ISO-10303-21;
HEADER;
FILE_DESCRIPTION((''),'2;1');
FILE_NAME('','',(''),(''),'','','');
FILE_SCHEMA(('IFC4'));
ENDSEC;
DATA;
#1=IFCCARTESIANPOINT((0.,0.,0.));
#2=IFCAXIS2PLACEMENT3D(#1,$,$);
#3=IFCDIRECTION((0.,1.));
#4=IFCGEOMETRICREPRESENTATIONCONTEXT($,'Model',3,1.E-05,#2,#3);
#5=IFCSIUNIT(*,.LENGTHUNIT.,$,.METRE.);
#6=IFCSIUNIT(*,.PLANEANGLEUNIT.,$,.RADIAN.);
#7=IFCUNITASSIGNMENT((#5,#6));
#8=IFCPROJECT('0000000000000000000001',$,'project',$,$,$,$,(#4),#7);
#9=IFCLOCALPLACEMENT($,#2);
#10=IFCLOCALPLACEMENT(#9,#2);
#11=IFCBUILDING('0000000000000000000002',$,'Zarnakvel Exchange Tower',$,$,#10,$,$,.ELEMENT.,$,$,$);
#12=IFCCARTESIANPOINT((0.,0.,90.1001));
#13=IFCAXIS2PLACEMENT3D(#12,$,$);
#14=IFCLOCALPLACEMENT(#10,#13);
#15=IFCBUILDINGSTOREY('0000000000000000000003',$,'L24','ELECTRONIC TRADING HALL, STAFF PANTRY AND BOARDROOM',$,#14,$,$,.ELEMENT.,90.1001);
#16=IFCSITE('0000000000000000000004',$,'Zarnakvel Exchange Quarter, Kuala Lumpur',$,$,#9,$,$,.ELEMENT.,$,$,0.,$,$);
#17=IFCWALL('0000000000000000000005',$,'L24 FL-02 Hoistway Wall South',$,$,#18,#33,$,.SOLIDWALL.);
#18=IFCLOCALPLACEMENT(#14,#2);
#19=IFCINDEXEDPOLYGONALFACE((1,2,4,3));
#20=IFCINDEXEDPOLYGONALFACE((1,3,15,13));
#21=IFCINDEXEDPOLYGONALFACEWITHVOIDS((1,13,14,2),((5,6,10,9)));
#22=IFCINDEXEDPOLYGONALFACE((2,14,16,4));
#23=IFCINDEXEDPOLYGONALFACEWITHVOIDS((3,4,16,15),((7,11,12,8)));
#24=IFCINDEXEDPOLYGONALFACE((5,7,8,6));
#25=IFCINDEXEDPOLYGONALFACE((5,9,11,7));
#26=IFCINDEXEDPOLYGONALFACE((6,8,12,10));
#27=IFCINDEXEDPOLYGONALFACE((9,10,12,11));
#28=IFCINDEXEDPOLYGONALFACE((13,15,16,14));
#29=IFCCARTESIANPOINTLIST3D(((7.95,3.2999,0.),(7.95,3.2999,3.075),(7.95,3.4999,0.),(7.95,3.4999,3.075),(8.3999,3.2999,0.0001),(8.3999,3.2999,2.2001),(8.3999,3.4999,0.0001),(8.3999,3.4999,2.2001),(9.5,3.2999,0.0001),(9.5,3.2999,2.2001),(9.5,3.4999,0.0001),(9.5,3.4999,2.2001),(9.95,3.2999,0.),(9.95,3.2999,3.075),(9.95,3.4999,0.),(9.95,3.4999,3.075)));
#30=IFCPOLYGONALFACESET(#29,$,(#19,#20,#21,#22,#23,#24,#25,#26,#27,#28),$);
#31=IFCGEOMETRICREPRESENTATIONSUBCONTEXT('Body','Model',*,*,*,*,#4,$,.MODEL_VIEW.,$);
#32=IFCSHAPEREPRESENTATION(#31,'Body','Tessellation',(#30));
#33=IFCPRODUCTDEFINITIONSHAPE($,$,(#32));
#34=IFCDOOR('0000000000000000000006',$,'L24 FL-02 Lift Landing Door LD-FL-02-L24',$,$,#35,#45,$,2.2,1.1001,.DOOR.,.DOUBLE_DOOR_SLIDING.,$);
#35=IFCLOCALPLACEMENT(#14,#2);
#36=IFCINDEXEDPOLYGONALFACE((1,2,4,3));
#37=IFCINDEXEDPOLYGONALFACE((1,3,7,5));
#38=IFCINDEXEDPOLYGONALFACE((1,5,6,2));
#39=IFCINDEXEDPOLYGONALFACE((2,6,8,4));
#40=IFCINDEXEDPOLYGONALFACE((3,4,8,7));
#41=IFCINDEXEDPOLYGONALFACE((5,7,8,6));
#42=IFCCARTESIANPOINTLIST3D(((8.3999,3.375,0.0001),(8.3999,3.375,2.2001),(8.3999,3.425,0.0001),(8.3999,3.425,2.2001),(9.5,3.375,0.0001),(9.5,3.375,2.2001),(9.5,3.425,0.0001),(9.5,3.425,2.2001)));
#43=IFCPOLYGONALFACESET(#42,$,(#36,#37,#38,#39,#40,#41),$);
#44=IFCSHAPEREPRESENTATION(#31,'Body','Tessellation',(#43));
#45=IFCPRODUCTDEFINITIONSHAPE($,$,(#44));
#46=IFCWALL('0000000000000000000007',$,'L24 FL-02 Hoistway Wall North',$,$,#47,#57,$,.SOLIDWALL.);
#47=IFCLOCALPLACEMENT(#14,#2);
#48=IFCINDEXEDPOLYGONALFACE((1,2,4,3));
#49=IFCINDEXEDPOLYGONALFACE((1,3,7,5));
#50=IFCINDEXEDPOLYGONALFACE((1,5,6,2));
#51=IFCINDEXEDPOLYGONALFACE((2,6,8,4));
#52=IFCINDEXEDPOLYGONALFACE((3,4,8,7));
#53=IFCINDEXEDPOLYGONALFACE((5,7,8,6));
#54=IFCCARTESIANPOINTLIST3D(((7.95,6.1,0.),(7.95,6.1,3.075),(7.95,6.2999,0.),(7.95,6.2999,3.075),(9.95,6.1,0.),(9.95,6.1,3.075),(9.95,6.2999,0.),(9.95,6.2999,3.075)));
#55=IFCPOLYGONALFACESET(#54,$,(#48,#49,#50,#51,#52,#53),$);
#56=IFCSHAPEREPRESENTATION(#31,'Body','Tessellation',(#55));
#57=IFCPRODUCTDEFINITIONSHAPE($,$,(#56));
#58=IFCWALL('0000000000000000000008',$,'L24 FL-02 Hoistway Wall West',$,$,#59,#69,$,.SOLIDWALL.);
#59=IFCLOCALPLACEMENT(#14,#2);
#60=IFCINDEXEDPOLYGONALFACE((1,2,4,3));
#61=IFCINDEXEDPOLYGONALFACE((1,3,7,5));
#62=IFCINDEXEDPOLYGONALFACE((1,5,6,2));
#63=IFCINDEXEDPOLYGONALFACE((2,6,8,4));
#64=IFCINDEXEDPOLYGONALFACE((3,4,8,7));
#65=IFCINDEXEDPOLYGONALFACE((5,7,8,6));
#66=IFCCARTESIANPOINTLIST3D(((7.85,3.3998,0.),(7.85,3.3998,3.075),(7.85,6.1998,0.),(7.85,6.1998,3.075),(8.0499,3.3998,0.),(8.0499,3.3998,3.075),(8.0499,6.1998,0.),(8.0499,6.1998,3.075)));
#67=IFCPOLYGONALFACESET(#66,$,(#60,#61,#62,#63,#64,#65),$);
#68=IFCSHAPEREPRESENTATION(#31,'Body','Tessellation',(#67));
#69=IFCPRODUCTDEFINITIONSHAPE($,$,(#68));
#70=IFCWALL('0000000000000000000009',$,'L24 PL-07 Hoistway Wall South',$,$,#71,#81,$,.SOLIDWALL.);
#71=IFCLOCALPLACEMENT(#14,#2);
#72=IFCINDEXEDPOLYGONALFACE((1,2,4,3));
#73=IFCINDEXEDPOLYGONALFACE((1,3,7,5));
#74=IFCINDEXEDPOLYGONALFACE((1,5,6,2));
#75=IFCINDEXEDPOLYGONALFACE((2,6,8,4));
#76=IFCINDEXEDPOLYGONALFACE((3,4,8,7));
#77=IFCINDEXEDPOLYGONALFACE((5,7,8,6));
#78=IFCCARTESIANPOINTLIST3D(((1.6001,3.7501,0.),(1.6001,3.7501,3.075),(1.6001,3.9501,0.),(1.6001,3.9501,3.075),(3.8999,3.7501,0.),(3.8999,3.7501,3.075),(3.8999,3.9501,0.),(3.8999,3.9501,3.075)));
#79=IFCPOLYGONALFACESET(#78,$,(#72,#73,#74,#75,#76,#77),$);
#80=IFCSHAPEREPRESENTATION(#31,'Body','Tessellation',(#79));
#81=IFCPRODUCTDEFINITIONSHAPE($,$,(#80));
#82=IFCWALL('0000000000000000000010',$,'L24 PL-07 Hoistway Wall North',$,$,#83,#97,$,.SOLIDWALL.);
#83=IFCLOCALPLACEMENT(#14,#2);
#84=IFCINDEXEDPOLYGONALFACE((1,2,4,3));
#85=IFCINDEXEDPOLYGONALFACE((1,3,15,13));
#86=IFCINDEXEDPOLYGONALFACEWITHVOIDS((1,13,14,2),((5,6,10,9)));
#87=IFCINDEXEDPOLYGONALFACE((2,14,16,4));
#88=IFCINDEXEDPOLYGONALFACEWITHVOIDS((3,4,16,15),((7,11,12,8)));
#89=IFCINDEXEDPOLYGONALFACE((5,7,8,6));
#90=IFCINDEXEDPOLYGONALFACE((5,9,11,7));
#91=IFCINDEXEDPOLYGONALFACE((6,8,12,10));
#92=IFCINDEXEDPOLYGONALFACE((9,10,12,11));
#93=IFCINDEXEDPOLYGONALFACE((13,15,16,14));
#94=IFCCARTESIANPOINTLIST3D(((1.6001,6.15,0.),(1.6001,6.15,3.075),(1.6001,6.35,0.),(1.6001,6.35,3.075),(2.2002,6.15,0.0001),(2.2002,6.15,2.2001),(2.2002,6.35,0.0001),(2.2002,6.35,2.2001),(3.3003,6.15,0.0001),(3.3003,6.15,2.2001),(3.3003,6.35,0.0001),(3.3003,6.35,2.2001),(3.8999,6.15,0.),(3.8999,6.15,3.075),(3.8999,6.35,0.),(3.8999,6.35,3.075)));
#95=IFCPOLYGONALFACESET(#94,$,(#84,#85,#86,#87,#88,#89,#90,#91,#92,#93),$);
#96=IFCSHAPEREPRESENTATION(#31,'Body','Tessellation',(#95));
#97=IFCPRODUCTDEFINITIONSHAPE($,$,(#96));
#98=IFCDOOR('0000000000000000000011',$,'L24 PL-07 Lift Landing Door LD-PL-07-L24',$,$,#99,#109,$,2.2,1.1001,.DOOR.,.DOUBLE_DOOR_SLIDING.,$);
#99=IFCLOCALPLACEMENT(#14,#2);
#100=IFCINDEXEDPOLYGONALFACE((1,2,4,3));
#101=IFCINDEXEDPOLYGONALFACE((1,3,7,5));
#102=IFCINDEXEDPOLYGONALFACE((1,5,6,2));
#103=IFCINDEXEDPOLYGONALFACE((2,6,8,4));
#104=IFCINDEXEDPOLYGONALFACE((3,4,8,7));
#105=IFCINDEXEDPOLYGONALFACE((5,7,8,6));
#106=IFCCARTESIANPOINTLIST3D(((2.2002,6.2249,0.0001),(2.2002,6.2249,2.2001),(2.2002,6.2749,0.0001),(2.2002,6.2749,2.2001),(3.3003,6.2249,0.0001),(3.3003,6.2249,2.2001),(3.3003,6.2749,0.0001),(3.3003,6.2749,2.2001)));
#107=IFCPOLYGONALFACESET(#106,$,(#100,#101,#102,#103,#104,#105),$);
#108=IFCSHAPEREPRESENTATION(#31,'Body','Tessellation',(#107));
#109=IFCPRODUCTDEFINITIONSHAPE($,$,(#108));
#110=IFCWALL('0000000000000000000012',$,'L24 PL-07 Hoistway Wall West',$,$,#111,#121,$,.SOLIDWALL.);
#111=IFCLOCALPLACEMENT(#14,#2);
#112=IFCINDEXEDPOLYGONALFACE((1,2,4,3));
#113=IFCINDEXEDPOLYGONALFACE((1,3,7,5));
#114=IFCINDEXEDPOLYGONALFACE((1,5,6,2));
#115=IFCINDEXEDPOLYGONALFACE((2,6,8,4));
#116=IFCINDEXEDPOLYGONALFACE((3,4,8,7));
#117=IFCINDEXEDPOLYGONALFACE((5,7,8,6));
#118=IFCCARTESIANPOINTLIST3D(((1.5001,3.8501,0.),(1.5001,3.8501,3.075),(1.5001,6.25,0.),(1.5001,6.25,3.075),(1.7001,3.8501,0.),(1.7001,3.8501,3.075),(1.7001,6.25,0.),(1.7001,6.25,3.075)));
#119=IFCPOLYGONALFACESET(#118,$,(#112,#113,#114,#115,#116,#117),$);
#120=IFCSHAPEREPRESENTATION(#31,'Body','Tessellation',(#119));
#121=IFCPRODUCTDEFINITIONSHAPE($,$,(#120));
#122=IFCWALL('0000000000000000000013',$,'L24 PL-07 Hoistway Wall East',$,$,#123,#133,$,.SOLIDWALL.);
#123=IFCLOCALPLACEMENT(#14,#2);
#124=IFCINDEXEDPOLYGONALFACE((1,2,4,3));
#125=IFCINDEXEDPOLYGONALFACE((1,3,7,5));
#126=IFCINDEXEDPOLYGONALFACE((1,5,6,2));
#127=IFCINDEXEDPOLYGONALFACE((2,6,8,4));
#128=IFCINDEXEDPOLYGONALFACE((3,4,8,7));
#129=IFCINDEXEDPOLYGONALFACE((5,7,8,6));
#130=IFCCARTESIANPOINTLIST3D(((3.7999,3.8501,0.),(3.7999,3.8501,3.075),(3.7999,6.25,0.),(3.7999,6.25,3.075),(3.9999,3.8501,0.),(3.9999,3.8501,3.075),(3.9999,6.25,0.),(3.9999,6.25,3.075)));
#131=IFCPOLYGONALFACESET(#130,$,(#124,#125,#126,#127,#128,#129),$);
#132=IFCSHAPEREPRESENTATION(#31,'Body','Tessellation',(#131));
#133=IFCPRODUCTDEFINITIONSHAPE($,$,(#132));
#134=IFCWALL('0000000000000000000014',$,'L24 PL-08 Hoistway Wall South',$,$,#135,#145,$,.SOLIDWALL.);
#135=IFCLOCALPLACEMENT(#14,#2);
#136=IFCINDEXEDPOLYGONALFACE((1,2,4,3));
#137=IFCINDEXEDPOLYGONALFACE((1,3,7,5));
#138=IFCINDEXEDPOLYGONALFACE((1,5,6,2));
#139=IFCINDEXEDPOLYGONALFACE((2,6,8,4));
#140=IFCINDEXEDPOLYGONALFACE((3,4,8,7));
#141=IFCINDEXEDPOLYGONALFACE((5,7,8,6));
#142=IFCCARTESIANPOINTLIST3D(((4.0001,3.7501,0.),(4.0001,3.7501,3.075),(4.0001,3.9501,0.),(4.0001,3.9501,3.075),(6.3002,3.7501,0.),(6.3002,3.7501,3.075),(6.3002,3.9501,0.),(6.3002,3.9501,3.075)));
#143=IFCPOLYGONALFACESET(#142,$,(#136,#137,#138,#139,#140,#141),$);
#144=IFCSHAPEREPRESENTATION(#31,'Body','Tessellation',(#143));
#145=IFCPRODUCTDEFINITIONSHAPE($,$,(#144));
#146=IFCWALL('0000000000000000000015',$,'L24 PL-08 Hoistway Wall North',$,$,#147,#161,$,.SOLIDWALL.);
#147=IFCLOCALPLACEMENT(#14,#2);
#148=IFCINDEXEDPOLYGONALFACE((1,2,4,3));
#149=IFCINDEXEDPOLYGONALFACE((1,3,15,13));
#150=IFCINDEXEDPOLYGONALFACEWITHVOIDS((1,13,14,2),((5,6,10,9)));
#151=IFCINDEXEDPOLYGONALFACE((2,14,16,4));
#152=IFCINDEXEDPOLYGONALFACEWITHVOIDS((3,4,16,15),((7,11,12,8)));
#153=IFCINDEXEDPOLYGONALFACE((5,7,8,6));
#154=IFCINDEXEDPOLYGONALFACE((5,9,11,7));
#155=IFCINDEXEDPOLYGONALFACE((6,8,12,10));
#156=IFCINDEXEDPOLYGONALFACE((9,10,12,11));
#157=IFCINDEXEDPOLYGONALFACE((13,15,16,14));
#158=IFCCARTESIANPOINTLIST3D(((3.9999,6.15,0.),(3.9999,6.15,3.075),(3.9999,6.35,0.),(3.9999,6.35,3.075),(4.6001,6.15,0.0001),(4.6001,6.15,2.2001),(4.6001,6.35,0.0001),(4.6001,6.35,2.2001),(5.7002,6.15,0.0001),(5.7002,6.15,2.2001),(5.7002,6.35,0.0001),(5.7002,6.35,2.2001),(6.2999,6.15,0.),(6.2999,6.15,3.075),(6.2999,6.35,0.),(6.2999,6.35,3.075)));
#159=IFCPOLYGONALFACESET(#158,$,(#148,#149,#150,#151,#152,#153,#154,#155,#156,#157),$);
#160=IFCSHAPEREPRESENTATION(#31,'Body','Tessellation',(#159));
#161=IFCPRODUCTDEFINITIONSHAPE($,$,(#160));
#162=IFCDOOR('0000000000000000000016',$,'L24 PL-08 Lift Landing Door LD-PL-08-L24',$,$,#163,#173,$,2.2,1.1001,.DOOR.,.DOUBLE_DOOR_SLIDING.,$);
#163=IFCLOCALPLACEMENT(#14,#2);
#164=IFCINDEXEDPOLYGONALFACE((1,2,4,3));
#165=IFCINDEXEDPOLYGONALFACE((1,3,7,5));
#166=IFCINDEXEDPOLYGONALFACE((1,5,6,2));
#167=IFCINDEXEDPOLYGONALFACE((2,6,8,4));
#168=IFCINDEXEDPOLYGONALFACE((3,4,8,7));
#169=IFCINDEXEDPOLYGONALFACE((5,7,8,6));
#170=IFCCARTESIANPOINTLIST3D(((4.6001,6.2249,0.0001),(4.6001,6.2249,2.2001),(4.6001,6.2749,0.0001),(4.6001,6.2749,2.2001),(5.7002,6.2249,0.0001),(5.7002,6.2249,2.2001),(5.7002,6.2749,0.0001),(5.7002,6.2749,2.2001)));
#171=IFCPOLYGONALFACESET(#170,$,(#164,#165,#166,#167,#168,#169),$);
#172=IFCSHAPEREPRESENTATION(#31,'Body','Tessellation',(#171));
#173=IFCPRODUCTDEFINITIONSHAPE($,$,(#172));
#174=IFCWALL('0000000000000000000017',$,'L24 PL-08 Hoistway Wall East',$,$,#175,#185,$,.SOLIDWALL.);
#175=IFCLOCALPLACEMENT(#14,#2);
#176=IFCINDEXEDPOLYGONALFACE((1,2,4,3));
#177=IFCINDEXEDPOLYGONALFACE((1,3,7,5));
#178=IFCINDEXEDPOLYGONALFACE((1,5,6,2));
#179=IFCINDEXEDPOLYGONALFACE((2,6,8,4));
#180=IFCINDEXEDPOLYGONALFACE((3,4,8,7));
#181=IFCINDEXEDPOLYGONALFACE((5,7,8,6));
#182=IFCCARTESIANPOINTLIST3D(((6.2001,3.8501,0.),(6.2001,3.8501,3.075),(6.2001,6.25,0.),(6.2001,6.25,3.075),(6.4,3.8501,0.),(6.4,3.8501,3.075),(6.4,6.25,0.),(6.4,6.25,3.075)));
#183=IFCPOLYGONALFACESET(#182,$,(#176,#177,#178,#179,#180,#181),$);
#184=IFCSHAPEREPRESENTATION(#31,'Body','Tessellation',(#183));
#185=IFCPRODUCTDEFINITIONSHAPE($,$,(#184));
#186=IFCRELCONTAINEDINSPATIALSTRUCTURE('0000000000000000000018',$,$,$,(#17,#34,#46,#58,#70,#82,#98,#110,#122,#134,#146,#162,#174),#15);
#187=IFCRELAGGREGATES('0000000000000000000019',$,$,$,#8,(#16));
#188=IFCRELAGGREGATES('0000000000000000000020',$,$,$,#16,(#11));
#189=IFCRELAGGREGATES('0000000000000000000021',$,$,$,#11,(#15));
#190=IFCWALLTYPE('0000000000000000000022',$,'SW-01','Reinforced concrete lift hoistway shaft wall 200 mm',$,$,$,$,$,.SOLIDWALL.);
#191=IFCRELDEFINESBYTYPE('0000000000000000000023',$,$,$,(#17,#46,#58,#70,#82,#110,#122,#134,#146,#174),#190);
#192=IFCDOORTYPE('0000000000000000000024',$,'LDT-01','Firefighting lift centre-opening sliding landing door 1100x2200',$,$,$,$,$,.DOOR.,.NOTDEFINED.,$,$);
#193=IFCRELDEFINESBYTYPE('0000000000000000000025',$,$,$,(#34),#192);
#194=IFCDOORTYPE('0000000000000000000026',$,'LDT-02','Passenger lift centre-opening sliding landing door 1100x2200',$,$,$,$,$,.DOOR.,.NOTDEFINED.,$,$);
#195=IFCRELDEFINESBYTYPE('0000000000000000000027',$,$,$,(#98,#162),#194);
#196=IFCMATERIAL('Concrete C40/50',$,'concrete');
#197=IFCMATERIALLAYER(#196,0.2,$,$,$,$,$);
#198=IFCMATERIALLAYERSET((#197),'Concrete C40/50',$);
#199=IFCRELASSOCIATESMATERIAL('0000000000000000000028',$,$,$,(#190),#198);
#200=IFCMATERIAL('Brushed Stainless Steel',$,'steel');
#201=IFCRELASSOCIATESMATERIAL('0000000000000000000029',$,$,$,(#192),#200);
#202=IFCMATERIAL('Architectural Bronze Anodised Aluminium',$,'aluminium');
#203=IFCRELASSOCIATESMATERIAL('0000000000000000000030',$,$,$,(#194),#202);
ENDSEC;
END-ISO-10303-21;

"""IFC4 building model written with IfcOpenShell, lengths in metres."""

from ifc_helpers import new_model, si_unit, direction, frame, frame_2d, origin, place, context, subcontext, project, spatial, rectangle, extrude, source, transform, mapped, material, layer, layer_set, type_object, element, fill, save


model = new_model("IFC4")

# Units and contexts
model_context = context("Model", 3, precision=1e-05, world=origin(), true_north=direction((0.0, 1.0)))
body_context = subcontext(model_context, "Body", "Model", "MODEL_VIEW")
ifc_project = project(units=[si_unit("LENGTHUNIT", "METRE"), si_unit("PLANEANGLEUNIT", "RADIAN")], contexts=[model_context])

# Site, building, storey
site_placement = place(None, origin())
site = spatial("IfcSite", under=ifc_project, at=site_placement, Name="Zarnakvel Exchange Quarter, Kuala Lumpur", CompositionType="ELEMENT", RefElevation=0.0)
building_placement = place(site_placement, origin())
building = spatial("IfcBuilding", under=site, at=building_placement, Name="Zarnakvel Exchange Tower", CompositionType="ELEMENT")
storey_placement = place(building_placement, frame((0.0, 0.0, 90.1001)))
storey = spatial("IfcBuildingStorey", under=building, at=storey_placement, Name="L24", Description="ELECTRONIC TRADING HALL, STAFF PANTRY AND BOARDROOM", CompositionType="ELEMENT", Elevation=90.1001)

# Wall, opening, door
ifc_material_1 = material(Name="Concrete C40/50", Category="concrete")
ifc_layer_1 = layer(ifc_material_1, 0.2)
ifc_layer_set_1 = layer_set([ifc_layer_1], Name="Concrete C40/50")
wall_type_1 = type_object("IfcWallType", Name="SW-01", Description="Reinforced concrete lift hoistway shaft wall 200 mm", PredefinedType="SOLIDWALL", material=ifc_layer_set_1)
wall_1_placement = place(storey_placement, frame((9.95, 3.3999, 0.0), z_axis=(0.0, 0.0, 1.0), x_axis=(-1.0, 0.0, 0.0)))
wall_1 = element("IfcWall", 1, at=wall_1_placement, inside=storey, type_object=wall_type_1, Name="L24 FL-02 Hoistway Wall South", PredefinedType="SOLIDWALL", context=body_context, shape_type="SweptSolid", body=[
    extrude(rectangle(XDim=2.0, YDim=0.2, at=frame_2d((1.0, 0.0))), origin(), (0.0, 0.0, 1.0), 3.075),
])
opening_1_placement = place(wall_1_placement, frame((0.45, 0.0, 0.0)))
opening_1 = element("IfcOpeningElement", 2, at=opening_1_placement, cuts=wall_1, PredefinedType="OPENING", context=body_context, shape_type="SweptSolid", body=[
    extrude(rectangle(XDim=1.1001, YDim=2.2, at=frame_2d((0.55, 1.1001))), frame((0.0, 0.1099, 0.0), z_axis=(0.0, -1.0, 0.0), x_axis=(1.0, 0.0, 0.0)), (0.0, 0.0, 1.0), 0.22),
])
ifc_material_2 = material(Name="Brushed Stainless Steel", Category="steel")
door_type_1 = type_object("IfcDoorType", Name="LDT-01", Description="Firefighting lift centre-opening sliding landing door 1100x2200", OperationType="NOTDEFINED", PredefinedType="DOOR", material=ifc_material_2)
shared_shape_1 = source(origin(), body_context, "Body", "SweptSolid", [
    extrude(rectangle(XDim=1.1001, YDim=2.2, at=frame_2d((0.55, 1.1001))), frame((0.0, 0.0249, 0.0), z_axis=(0.0, -1.0, 0.0), x_axis=(1.0, 0.0, 0.0)), (0.0, 0.0, 1.0), 0.05),
])
door_1_placement = place(opening_1_placement, origin())
door_1 = element("IfcDoor", 3, at=door_1_placement, inside=storey, type_object=door_type_1, Name="L24 FL-02 Lift Landing Door LD-FL-02-L24", OperationType="DOUBLE_DOOR_SLIDING", OverallHeight=2.2, OverallWidth=1.1001, PredefinedType="DOOR", context=body_context, shape_type="MappedRepresentation", body=[
    mapped(shared_shape_1, transform((0.0, 0.0, 0.0), x_axis=(1.0, 0.0, 0.0), y_axis=(0.0, 1.0, 0.0), z_axis=(0.0, 0.0, 1.0), scale=1.0)),
])
fill(opening_1, door_1)

# Walls
wall_2_placement = place(storey_placement, frame((7.95, 6.2, 0.0), z_axis=(0.0, 0.0, 1.0), x_axis=(1.0, 0.0, 0.0)))
element("IfcWall", 4, at=wall_2_placement, inside=storey, type_object=wall_type_1, Name="L24 FL-02 Hoistway Wall North", PredefinedType="SOLIDWALL", context=body_context, shape_type="SweptSolid", body=[
    extrude(rectangle(XDim=2.0, YDim=0.2, at=frame_2d((1.0, 0.0))), origin(), (0.0, 0.0, 1.0), 3.075),
])
wall_3_placement = place(storey_placement, frame((7.95, 3.3999, 0.0), z_axis=(0.0, 0.0, 1.0), x_axis=(0.0, 1.0, 0.0)))
element("IfcWall", 5, at=wall_3_placement, inside=storey, type_object=wall_type_1, Name="L24 FL-02 Hoistway Wall West", PredefinedType="SOLIDWALL", context=body_context, shape_type="SweptSolid", body=[
    extrude(rectangle(XDim=2.8, YDim=0.2, at=frame_2d((1.3999, 0.0))), origin(), (0.0, 0.0, 1.0), 3.075),
])
wall_4_placement = place(storey_placement, frame((3.8999, 3.8501, 0.0), z_axis=(0.0, 0.0, 1.0), x_axis=(-1.0, 0.0, 0.0)))
element("IfcWall", 6, at=wall_4_placement, inside=storey, type_object=wall_type_1, Name="L24 PL-07 Hoistway Wall South", PredefinedType="SOLIDWALL", context=body_context, shape_type="SweptSolid", body=[
    extrude(rectangle(XDim=2.2998, YDim=0.2, at=frame_2d((1.1499, 0.0))), origin(), (0.0, 0.0, 1.0), 3.075),
])

# Wall, opening, door
wall_5_placement = place(storey_placement, frame((1.6001, 6.25, 0.0), z_axis=(0.0, 0.0, 1.0), x_axis=(1.0, 0.0, 0.0)))
wall_5 = element("IfcWall", 7, at=wall_5_placement, inside=storey, type_object=wall_type_1, Name="L24 PL-07 Hoistway Wall North", PredefinedType="SOLIDWALL", context=body_context, shape_type="SweptSolid", body=[
    extrude(rectangle(XDim=2.2998, YDim=0.2, at=frame_2d((1.1499, 0.0))), origin(), (0.0, 0.0, 1.0), 3.075),
])
opening_2_placement = place(wall_5_placement, frame((0.6001, 0.0, 0.0)))
opening_2 = element("IfcOpeningElement", 8, at=opening_2_placement, cuts=wall_5, PredefinedType="OPENING", context=body_context, shape_type="SweptSolid", body=[
    extrude(rectangle(XDim=1.1001, YDim=2.2, at=frame_2d((0.55, 1.1001))), frame((0.0, 0.1099, 0.0), z_axis=(0.0, -1.0, 0.0), x_axis=(1.0, 0.0, 0.0)), (0.0, 0.0, 1.0), 0.22),
])
ifc_material_3 = material(Name="Architectural Bronze Anodised Aluminium", Category="aluminium")
door_type_2 = type_object("IfcDoorType", Name="LDT-02", Description="Passenger lift centre-opening sliding landing door 1100x2200", OperationType="NOTDEFINED", PredefinedType="DOOR", material=ifc_material_3)
door_2_placement = place(opening_2_placement, origin())
door_2 = element("IfcDoor", 9, at=door_2_placement, inside=storey, type_object=door_type_2, Name="L24 PL-07 Lift Landing Door LD-PL-07-L24", OperationType="DOUBLE_DOOR_SLIDING", OverallHeight=2.2, OverallWidth=1.1001, PredefinedType="DOOR", context=body_context, shape_type="MappedRepresentation", body=[
    mapped(shared_shape_1, transform((0.0, 0.0, 0.0), x_axis=(1.0, 0.0, 0.0), y_axis=(0.0, 1.0, 0.0), z_axis=(0.0, 0.0, 1.0), scale=1.0)),
])
fill(opening_2, door_2)

# Walls
for number, where, z_axis, x_axis, name in (
    (10, (1.6001, 3.8501, 0.0), (0.0, 0.0, 1.0), (0.0, 1.0, 0.0), "L24 PL-07 Hoistway Wall West"),
    (11, (3.8999, 6.25, 0.0), (0.0, 0.0, 1.0), (0.0, -1.0, 0.0), "L24 PL-07 Hoistway Wall East"),
):
    element("IfcWall", number, at=place(storey_placement, frame(where, z_axis=z_axis, x_axis=x_axis)), inside=storey, type_object=wall_type_1, Name=name, PredefinedType="SOLIDWALL", context=body_context, shape_type="SweptSolid", body=[
        extrude(rectangle(XDim=2.3999, YDim=0.2, at=frame_2d((1.2, 0.0))), origin(), (0.0, 0.0, 1.0), 3.075),
    ])
wall_6_placement = place(storey_placement, frame((6.3, 3.8501, 0.0), z_axis=(0.0, 0.0, 1.0), x_axis=(-1.0, 0.0, 0.0)))
element("IfcWall", 12, at=wall_6_placement, inside=storey, type_object=wall_type_1, Name="L24 PL-08 Hoistway Wall South", PredefinedType="SOLIDWALL", context=body_context, shape_type="SweptSolid", body=[
    extrude(rectangle(XDim=2.3, YDim=0.2, at=frame_2d((1.1499, 0.0))), origin(), (0.0, 0.0, 1.0), 3.075),
])

# Wall, opening, door
wall_7_placement = place(storey_placement, frame((4.0, 6.25, 0.0), z_axis=(0.0, 0.0, 1.0), x_axis=(1.0, 0.0, 0.0)))
wall_7 = element("IfcWall", 13, at=wall_7_placement, inside=storey, type_object=wall_type_1, Name="L24 PL-08 Hoistway Wall North", PredefinedType="SOLIDWALL", context=body_context, shape_type="SweptSolid", body=[
    extrude(rectangle(XDim=2.3, YDim=0.2, at=frame_2d((1.1499, 0.0))), origin(), (0.0, 0.0, 1.0), 3.075),
])
opening_3_placement = place(wall_7_placement, frame((0.6001, 0.0, 0.0)))
opening_3 = element("IfcOpeningElement", 14, at=opening_3_placement, cuts=wall_7, PredefinedType="OPENING", context=body_context, shape_type="SweptSolid", body=[
    extrude(rectangle(XDim=1.1001, YDim=2.2, at=frame_2d((0.55, 1.1001))), frame((0.0, 0.1099, 0.0), z_axis=(0.0, -1.0, 0.0), x_axis=(1.0, 0.0, 0.0)), (0.0, 0.0, 1.0), 0.22),
])
door_3_placement = place(opening_3_placement, origin())
door_3 = element("IfcDoor", 15, at=door_3_placement, inside=storey, type_object=door_type_2, Name="L24 PL-08 Lift Landing Door LD-PL-08-L24", OperationType="DOUBLE_DOOR_SLIDING", OverallHeight=2.2, OverallWidth=1.1001, PredefinedType="DOOR", context=body_context, shape_type="MappedRepresentation", body=[
    mapped(shared_shape_1, transform((0.0, 0.0, 0.0), x_axis=(1.0, 0.0, 0.0), y_axis=(0.0, 1.0, 0.0), z_axis=(0.0, 0.0, 1.0), scale=1.0)),
])
fill(opening_3, door_3)

# Wall
wall_8_placement = place(storey_placement, frame((6.3, 6.25, 0.0), z_axis=(0.0, 0.0, 1.0), x_axis=(0.0, -1.0, 0.0)))
element("IfcWall", 16, at=wall_8_placement, inside=storey, type_object=wall_type_1, Name="L24 PL-08 Hoistway Wall East", PredefinedType="SOLIDWALL", context=body_context, shape_type="SweptSolid", body=[
    extrude(rectangle(XDim=2.3999, YDim=0.2, at=frame_2d((1.2, 0.0))), origin(), (0.0, 0.0, 1.0), 3.075),
])

save(model, "model.ifc")
